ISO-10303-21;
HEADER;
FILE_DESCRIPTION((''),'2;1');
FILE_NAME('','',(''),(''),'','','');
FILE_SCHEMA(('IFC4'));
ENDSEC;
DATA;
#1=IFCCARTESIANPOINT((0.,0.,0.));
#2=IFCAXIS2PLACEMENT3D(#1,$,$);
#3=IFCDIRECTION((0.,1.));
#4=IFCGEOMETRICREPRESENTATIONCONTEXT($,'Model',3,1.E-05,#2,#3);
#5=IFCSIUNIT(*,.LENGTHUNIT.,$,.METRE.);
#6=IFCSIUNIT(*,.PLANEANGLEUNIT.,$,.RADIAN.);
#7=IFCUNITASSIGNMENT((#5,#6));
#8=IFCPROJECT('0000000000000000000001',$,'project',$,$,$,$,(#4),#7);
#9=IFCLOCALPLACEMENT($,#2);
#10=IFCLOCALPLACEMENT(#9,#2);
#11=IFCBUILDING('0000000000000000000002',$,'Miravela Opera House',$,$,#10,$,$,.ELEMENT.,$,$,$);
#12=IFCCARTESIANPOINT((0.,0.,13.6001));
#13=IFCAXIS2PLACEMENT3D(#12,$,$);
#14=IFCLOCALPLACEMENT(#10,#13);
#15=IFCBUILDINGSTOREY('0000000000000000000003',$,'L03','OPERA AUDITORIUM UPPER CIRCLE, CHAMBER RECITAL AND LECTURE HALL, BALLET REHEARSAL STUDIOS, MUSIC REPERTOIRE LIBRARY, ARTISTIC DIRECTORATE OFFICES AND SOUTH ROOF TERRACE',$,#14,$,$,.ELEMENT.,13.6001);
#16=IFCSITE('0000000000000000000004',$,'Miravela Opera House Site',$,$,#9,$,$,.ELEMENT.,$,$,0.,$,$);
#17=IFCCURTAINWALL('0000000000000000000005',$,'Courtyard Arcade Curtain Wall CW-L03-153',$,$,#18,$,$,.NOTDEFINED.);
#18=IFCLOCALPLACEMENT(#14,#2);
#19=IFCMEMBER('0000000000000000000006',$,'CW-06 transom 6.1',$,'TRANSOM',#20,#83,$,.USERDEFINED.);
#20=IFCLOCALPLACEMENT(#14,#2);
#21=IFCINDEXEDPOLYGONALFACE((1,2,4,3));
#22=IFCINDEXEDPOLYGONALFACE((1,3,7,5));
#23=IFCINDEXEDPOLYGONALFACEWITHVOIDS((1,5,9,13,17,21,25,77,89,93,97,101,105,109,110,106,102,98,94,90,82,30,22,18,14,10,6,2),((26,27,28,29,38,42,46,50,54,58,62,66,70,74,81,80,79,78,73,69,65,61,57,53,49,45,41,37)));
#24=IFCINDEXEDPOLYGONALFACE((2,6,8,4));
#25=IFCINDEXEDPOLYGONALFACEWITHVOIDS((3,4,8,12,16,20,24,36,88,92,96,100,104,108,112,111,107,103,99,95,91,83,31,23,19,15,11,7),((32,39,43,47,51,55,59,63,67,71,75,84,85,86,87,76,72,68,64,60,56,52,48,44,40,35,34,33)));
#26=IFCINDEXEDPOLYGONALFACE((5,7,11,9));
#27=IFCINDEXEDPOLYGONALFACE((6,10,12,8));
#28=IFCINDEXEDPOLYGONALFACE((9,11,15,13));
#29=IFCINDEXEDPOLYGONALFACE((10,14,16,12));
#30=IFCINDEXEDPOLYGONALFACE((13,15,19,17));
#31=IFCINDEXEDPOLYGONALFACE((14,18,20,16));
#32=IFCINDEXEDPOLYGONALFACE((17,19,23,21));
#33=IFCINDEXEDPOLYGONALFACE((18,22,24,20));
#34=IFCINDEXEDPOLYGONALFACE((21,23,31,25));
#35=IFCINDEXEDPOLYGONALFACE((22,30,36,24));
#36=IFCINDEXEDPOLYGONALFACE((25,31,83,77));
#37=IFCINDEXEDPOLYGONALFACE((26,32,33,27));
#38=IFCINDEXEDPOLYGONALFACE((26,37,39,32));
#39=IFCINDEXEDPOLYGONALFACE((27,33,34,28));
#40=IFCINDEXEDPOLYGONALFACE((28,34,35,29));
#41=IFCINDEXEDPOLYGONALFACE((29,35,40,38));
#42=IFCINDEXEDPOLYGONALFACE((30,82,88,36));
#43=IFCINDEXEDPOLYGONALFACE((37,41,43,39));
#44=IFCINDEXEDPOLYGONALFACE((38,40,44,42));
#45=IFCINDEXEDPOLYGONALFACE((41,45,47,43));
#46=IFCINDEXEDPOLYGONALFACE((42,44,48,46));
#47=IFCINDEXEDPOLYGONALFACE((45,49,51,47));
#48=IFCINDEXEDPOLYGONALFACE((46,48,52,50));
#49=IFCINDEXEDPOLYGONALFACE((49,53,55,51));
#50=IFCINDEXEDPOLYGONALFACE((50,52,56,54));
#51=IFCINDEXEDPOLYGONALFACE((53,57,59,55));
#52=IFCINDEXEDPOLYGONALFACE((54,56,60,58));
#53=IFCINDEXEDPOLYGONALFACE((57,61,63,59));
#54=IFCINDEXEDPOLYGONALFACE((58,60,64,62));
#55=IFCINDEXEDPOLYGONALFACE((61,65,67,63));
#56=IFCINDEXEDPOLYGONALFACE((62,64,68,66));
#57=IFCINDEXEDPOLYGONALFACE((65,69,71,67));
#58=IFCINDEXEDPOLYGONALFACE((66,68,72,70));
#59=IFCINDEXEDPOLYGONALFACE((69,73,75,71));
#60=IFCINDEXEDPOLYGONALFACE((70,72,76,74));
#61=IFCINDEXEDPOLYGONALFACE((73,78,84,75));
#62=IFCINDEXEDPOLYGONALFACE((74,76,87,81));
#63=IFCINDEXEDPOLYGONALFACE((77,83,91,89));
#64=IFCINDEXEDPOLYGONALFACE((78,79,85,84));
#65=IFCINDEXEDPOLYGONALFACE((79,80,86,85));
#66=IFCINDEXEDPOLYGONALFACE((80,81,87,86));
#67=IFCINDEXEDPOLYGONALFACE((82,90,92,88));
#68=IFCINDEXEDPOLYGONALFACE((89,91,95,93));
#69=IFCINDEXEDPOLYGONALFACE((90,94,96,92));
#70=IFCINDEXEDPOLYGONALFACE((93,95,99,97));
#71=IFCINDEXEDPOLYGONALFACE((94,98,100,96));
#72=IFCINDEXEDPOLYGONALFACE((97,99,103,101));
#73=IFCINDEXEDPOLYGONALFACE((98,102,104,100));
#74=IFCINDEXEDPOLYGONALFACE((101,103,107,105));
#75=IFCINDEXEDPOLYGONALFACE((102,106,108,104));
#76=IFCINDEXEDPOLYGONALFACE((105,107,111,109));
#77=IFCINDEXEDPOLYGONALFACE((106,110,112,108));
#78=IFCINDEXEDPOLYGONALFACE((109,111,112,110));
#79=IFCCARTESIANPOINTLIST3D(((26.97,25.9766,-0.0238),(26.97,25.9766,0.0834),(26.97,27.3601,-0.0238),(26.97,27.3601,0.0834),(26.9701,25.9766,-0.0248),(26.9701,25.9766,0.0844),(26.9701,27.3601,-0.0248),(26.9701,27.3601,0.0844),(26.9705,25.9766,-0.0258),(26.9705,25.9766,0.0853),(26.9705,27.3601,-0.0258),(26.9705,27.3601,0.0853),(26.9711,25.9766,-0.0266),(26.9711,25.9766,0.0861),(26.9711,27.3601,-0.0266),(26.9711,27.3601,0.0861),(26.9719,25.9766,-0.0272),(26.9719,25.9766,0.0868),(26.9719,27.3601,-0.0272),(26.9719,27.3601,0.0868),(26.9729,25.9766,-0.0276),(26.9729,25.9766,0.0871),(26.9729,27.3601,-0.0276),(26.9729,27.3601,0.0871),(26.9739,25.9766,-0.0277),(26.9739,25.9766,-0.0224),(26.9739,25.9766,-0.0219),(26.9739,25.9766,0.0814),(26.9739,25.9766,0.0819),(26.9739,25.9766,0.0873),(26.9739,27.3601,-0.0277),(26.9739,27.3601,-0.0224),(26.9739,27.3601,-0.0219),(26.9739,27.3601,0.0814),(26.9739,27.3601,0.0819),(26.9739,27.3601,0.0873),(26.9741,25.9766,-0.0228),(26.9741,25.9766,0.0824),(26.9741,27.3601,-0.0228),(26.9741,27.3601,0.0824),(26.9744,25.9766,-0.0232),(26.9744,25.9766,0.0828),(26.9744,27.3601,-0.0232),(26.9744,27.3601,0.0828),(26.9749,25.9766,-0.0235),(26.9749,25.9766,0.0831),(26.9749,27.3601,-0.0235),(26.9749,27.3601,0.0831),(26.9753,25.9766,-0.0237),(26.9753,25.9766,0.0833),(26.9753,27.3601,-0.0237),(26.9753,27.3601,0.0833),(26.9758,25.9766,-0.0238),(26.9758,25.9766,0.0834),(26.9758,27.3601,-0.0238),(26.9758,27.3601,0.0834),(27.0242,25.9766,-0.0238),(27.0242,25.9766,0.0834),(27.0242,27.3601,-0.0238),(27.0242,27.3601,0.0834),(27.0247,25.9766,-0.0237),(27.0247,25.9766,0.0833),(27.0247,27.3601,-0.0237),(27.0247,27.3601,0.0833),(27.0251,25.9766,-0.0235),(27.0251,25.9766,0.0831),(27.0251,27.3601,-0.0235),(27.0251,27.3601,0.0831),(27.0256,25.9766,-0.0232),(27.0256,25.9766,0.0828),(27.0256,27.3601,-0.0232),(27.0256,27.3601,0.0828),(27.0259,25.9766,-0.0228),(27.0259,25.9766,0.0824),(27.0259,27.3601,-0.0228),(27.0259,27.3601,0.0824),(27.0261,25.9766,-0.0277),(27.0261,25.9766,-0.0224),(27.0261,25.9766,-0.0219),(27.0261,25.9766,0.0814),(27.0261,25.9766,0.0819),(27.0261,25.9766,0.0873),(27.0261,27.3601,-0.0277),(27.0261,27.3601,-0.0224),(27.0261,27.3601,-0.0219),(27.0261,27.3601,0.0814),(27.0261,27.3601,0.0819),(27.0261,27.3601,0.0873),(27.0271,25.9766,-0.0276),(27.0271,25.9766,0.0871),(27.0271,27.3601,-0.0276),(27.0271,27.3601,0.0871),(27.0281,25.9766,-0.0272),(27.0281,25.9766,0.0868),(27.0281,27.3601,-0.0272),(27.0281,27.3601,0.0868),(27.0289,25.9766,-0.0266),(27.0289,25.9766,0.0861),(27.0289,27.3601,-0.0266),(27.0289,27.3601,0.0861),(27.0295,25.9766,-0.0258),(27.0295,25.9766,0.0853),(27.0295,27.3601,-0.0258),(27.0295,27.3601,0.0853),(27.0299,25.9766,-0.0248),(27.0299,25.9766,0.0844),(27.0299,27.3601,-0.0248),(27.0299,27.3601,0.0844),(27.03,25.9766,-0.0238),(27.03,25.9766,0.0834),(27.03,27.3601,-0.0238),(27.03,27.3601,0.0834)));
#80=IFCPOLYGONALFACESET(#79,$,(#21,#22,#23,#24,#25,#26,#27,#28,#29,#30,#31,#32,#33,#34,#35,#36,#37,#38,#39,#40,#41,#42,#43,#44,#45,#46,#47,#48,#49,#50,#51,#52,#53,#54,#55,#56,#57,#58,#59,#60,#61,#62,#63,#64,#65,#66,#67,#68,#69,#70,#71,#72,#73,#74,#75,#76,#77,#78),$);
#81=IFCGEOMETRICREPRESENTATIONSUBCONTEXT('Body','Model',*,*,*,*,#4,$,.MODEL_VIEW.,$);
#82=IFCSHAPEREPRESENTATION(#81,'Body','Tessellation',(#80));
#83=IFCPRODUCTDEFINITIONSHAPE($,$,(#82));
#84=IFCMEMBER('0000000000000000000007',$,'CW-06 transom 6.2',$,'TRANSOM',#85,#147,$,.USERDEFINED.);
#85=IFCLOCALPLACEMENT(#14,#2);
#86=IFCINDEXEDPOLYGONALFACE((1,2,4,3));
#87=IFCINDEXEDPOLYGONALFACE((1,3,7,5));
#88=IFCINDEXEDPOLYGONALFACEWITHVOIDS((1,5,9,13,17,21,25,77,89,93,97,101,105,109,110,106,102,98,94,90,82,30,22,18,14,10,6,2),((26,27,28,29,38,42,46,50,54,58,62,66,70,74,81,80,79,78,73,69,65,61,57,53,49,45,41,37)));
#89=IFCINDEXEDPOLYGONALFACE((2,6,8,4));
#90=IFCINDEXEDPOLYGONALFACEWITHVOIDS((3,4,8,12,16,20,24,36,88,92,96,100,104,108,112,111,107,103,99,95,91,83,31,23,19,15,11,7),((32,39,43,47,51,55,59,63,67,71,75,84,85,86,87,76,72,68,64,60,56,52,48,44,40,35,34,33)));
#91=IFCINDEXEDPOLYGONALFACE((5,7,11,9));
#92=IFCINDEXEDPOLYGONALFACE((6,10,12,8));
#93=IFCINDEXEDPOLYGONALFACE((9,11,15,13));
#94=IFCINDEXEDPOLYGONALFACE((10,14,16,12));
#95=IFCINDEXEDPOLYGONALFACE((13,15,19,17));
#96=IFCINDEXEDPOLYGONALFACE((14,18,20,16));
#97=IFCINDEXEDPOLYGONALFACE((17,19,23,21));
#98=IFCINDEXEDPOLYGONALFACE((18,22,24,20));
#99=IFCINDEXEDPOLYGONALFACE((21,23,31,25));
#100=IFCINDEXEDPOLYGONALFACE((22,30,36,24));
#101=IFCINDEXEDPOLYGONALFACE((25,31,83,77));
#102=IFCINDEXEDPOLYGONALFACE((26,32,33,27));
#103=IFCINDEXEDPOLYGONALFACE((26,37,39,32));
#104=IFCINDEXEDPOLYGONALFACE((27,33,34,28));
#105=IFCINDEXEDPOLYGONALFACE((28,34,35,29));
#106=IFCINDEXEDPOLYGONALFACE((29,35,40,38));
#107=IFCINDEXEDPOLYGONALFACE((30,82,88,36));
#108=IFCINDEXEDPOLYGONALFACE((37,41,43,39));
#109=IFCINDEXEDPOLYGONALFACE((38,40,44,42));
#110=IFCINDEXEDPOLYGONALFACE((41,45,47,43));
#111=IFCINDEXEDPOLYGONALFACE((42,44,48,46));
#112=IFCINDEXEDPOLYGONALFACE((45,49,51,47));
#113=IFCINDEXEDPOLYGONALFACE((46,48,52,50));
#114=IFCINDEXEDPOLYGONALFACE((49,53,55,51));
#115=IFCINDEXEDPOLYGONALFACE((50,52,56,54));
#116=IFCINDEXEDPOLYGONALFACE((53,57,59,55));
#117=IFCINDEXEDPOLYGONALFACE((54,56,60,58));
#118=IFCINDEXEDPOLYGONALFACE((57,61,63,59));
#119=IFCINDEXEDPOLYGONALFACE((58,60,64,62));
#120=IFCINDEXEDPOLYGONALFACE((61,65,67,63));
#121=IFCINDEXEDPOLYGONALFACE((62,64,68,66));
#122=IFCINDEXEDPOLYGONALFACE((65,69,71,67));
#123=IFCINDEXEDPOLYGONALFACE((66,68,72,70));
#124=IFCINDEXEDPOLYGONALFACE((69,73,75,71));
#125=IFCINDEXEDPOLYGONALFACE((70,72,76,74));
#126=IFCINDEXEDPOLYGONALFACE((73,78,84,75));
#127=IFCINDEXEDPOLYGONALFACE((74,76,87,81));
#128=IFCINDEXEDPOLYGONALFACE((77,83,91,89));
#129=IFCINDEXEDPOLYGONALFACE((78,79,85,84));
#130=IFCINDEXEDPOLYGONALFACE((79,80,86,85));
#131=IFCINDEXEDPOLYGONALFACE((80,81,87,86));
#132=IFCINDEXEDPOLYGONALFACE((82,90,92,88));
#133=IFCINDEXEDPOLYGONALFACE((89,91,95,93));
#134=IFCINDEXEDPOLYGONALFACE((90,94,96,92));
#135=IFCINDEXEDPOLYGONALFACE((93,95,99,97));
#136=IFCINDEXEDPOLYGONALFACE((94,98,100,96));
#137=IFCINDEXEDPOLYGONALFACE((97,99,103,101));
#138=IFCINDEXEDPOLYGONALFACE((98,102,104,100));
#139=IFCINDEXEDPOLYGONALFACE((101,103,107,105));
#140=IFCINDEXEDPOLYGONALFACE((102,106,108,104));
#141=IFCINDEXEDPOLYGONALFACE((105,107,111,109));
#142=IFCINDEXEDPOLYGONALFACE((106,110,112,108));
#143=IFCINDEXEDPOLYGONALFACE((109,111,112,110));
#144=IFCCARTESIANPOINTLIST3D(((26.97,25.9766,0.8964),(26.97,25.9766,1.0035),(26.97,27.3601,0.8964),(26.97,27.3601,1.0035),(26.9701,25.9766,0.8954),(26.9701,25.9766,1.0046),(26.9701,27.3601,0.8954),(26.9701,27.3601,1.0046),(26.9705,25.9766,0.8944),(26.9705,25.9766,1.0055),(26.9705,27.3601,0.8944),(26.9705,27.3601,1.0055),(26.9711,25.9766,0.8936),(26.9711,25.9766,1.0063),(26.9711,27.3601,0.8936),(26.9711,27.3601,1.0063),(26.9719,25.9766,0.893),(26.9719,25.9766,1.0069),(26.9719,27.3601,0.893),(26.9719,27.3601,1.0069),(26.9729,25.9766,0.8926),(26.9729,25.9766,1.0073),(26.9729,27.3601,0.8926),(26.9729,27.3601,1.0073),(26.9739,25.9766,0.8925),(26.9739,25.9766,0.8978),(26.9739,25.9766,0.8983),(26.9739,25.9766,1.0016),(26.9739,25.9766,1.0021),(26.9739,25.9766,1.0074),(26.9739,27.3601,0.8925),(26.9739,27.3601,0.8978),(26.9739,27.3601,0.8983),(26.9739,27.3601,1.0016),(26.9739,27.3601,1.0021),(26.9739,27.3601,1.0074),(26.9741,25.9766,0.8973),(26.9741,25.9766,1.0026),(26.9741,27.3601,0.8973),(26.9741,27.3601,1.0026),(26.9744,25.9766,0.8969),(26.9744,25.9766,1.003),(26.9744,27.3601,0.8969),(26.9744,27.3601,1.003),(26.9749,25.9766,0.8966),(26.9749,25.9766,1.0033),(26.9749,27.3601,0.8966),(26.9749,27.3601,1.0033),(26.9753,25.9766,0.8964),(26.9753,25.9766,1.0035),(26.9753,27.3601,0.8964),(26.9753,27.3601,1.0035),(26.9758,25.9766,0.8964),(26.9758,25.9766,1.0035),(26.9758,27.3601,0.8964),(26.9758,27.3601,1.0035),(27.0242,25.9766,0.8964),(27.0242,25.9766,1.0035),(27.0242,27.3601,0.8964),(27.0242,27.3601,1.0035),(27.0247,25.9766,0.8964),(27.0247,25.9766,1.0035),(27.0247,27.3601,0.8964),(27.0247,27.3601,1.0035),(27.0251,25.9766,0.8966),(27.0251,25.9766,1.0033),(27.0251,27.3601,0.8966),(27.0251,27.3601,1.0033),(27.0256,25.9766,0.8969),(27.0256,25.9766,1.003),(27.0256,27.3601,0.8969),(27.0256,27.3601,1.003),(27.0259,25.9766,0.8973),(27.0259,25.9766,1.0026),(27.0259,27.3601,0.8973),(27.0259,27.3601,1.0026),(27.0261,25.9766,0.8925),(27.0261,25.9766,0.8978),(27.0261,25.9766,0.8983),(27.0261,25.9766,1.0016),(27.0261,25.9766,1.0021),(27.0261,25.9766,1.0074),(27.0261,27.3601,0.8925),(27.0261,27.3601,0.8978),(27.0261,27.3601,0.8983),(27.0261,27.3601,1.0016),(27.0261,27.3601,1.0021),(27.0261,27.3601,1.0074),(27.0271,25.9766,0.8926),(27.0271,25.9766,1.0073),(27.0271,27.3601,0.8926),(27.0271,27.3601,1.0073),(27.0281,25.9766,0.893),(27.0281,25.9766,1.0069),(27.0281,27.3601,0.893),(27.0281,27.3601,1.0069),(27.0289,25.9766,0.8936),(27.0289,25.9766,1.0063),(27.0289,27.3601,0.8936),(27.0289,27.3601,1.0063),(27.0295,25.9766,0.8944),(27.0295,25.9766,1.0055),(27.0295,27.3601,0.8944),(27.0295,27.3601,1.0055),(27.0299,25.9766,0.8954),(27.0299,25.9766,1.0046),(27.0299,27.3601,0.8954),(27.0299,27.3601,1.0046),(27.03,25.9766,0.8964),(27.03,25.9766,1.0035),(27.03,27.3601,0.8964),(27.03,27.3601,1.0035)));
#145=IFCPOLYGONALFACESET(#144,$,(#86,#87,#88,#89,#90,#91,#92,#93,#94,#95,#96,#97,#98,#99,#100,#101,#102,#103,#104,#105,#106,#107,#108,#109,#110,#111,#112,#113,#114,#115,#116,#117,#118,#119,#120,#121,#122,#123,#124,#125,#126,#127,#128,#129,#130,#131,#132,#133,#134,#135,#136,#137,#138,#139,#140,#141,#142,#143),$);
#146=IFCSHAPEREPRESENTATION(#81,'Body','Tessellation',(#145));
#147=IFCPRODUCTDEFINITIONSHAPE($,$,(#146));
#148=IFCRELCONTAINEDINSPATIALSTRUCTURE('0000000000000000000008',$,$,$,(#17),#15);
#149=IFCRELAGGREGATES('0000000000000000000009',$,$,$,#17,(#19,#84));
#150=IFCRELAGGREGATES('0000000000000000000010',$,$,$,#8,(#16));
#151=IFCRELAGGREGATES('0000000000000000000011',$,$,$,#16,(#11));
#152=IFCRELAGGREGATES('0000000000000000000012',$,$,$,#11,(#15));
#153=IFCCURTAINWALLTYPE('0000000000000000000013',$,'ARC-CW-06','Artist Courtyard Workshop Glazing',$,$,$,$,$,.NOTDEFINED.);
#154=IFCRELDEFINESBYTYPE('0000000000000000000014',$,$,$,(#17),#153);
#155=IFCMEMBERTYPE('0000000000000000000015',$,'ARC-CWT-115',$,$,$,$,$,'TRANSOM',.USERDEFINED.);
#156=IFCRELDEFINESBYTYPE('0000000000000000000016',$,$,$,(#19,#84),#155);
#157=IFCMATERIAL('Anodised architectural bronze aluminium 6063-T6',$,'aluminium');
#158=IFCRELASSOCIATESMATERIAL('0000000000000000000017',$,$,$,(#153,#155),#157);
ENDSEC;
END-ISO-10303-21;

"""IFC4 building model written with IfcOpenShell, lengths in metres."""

from ifc_helpers import new_model, si_unit, direction, frame, origin, origin_2d, place, context, subcontext, project, spatial, hollow_rectangle, extrude, material, material_profile, profile_set, type_object, element, aggregate, save


model = new_model("IFC4")

# Units and contexts
model_context = context("Model", 3, precision=1e-05, world=origin(), true_north=direction((0.0, 1.0)))
body_context = subcontext(model_context, "Body", "Model", "MODEL_VIEW")
ifc_project = project(units=[si_unit("LENGTHUNIT", "METRE"), si_unit("PLANEANGLEUNIT", "RADIAN")], contexts=[model_context])

# Site, building, storey
site_placement = place(None, origin())
site = spatial("IfcSite", under=ifc_project, at=site_placement, Name="Miravela Opera House Site", CompositionType="ELEMENT", RefElevation=0.0)
building_placement = place(site_placement, origin())
building = spatial("IfcBuilding", under=site, at=building_placement, Name="Miravela Opera House", CompositionType="ELEMENT")
storey_placement = place(building_placement, frame((0.0, 0.0, 13.6001)))
storey = spatial("IfcBuildingStorey", under=building, at=storey_placement, Name="L03", Description="OPERA AUDITORIUM UPPER CIRCLE, CHAMBER RECITAL AND LECTURE HALL, BALLET REHEARSAL STUDIOS, MUSIC REPERTOIRE LIBRARY, ARTISTIC DIRECTORATE OFFICES AND SOUTH ROOF TERRACE", CompositionType="ELEMENT", Elevation=13.6001)

# Shared definitions
ifc_material_1 = material(Name="Anodised architectural bronze aluminium 6063-T6", Category="aluminium")
curtain_wall_type = type_object("IfcCurtainWallType", Name="ARC-CW-06", Description="Artist Courtyard Workshop Glazing", PredefinedType="NOTDEFINED", material=ifc_material_1)

# Curtain wall
curtain_wall_1_placement = place(storey_placement, origin())
curtain_wall_1 = element("IfcCurtainWall", 1, at=curtain_wall_1_placement, inside=storey, type_object=curtain_wall_type, Name="Courtyard Arcade Curtain Wall CW-L03-153", PredefinedType="NOTDEFINED")

# Members
ifc_material_profile_1 = material_profile(ifc_material_1, hollow_rectangle(XDim=0.0601, YDim=0.115, WallThickness=0.0039, InnerFilletRadius=0.002, OuterFilletRadius=0.0039, at=origin_2d()), Name="CWT-60X115")
ifc_profile_set_1 = profile_set([ifc_material_profile_1])
member_type_1 = type_object("IfcMemberType", Name="ARC-CWT-115", ElementType="TRANSOM", PredefinedType="USERDEFINED", material=ifc_profile_set_1)
member_1_placement = place(storey_placement, frame((27.0, 25.9766, 0.0298), z_axis=(0.0, 1.0, 0.0), x_axis=(-1.0, 0.0, 0.0)))
member_1 = element("IfcMember", 2, at=member_1_placement, type_object=member_type_1, Name="CW-06 transom 6.1", ObjectType="TRANSOM", PredefinedType="USERDEFINED", context=body_context, shape_type="SweptSolid", body=[
    extrude(hollow_rectangle(XDim=0.0601, YDim=0.115, WallThickness=0.0039, InnerFilletRadius=0.002, OuterFilletRadius=0.0039, at=origin_2d()), origin(), (0.0, 0.0, 1.0), 1.3835),
])
member_2_placement = place(storey_placement, frame((27.0, 25.9766, 0.95), z_axis=(0.0, 1.0, 0.0), x_axis=(-1.0, 0.0, 0.0)))
member_2 = element("IfcMember", 3, at=member_2_placement, type_object=member_type_1, Name="CW-06 transom 6.2", ObjectType="TRANSOM", PredefinedType="USERDEFINED", context=body_context, shape_type="SweptSolid", body=[
    extrude(hollow_rectangle(XDim=0.0601, YDim=0.115, WallThickness=0.0039, InnerFilletRadius=0.002, OuterFilletRadius=0.0039, at=origin_2d()), origin(), (0.0, 0.0, 1.0), 1.3835),
])

aggregate(curtain_wall_1, [member_1, member_2])

save(model, "model.ifc")
